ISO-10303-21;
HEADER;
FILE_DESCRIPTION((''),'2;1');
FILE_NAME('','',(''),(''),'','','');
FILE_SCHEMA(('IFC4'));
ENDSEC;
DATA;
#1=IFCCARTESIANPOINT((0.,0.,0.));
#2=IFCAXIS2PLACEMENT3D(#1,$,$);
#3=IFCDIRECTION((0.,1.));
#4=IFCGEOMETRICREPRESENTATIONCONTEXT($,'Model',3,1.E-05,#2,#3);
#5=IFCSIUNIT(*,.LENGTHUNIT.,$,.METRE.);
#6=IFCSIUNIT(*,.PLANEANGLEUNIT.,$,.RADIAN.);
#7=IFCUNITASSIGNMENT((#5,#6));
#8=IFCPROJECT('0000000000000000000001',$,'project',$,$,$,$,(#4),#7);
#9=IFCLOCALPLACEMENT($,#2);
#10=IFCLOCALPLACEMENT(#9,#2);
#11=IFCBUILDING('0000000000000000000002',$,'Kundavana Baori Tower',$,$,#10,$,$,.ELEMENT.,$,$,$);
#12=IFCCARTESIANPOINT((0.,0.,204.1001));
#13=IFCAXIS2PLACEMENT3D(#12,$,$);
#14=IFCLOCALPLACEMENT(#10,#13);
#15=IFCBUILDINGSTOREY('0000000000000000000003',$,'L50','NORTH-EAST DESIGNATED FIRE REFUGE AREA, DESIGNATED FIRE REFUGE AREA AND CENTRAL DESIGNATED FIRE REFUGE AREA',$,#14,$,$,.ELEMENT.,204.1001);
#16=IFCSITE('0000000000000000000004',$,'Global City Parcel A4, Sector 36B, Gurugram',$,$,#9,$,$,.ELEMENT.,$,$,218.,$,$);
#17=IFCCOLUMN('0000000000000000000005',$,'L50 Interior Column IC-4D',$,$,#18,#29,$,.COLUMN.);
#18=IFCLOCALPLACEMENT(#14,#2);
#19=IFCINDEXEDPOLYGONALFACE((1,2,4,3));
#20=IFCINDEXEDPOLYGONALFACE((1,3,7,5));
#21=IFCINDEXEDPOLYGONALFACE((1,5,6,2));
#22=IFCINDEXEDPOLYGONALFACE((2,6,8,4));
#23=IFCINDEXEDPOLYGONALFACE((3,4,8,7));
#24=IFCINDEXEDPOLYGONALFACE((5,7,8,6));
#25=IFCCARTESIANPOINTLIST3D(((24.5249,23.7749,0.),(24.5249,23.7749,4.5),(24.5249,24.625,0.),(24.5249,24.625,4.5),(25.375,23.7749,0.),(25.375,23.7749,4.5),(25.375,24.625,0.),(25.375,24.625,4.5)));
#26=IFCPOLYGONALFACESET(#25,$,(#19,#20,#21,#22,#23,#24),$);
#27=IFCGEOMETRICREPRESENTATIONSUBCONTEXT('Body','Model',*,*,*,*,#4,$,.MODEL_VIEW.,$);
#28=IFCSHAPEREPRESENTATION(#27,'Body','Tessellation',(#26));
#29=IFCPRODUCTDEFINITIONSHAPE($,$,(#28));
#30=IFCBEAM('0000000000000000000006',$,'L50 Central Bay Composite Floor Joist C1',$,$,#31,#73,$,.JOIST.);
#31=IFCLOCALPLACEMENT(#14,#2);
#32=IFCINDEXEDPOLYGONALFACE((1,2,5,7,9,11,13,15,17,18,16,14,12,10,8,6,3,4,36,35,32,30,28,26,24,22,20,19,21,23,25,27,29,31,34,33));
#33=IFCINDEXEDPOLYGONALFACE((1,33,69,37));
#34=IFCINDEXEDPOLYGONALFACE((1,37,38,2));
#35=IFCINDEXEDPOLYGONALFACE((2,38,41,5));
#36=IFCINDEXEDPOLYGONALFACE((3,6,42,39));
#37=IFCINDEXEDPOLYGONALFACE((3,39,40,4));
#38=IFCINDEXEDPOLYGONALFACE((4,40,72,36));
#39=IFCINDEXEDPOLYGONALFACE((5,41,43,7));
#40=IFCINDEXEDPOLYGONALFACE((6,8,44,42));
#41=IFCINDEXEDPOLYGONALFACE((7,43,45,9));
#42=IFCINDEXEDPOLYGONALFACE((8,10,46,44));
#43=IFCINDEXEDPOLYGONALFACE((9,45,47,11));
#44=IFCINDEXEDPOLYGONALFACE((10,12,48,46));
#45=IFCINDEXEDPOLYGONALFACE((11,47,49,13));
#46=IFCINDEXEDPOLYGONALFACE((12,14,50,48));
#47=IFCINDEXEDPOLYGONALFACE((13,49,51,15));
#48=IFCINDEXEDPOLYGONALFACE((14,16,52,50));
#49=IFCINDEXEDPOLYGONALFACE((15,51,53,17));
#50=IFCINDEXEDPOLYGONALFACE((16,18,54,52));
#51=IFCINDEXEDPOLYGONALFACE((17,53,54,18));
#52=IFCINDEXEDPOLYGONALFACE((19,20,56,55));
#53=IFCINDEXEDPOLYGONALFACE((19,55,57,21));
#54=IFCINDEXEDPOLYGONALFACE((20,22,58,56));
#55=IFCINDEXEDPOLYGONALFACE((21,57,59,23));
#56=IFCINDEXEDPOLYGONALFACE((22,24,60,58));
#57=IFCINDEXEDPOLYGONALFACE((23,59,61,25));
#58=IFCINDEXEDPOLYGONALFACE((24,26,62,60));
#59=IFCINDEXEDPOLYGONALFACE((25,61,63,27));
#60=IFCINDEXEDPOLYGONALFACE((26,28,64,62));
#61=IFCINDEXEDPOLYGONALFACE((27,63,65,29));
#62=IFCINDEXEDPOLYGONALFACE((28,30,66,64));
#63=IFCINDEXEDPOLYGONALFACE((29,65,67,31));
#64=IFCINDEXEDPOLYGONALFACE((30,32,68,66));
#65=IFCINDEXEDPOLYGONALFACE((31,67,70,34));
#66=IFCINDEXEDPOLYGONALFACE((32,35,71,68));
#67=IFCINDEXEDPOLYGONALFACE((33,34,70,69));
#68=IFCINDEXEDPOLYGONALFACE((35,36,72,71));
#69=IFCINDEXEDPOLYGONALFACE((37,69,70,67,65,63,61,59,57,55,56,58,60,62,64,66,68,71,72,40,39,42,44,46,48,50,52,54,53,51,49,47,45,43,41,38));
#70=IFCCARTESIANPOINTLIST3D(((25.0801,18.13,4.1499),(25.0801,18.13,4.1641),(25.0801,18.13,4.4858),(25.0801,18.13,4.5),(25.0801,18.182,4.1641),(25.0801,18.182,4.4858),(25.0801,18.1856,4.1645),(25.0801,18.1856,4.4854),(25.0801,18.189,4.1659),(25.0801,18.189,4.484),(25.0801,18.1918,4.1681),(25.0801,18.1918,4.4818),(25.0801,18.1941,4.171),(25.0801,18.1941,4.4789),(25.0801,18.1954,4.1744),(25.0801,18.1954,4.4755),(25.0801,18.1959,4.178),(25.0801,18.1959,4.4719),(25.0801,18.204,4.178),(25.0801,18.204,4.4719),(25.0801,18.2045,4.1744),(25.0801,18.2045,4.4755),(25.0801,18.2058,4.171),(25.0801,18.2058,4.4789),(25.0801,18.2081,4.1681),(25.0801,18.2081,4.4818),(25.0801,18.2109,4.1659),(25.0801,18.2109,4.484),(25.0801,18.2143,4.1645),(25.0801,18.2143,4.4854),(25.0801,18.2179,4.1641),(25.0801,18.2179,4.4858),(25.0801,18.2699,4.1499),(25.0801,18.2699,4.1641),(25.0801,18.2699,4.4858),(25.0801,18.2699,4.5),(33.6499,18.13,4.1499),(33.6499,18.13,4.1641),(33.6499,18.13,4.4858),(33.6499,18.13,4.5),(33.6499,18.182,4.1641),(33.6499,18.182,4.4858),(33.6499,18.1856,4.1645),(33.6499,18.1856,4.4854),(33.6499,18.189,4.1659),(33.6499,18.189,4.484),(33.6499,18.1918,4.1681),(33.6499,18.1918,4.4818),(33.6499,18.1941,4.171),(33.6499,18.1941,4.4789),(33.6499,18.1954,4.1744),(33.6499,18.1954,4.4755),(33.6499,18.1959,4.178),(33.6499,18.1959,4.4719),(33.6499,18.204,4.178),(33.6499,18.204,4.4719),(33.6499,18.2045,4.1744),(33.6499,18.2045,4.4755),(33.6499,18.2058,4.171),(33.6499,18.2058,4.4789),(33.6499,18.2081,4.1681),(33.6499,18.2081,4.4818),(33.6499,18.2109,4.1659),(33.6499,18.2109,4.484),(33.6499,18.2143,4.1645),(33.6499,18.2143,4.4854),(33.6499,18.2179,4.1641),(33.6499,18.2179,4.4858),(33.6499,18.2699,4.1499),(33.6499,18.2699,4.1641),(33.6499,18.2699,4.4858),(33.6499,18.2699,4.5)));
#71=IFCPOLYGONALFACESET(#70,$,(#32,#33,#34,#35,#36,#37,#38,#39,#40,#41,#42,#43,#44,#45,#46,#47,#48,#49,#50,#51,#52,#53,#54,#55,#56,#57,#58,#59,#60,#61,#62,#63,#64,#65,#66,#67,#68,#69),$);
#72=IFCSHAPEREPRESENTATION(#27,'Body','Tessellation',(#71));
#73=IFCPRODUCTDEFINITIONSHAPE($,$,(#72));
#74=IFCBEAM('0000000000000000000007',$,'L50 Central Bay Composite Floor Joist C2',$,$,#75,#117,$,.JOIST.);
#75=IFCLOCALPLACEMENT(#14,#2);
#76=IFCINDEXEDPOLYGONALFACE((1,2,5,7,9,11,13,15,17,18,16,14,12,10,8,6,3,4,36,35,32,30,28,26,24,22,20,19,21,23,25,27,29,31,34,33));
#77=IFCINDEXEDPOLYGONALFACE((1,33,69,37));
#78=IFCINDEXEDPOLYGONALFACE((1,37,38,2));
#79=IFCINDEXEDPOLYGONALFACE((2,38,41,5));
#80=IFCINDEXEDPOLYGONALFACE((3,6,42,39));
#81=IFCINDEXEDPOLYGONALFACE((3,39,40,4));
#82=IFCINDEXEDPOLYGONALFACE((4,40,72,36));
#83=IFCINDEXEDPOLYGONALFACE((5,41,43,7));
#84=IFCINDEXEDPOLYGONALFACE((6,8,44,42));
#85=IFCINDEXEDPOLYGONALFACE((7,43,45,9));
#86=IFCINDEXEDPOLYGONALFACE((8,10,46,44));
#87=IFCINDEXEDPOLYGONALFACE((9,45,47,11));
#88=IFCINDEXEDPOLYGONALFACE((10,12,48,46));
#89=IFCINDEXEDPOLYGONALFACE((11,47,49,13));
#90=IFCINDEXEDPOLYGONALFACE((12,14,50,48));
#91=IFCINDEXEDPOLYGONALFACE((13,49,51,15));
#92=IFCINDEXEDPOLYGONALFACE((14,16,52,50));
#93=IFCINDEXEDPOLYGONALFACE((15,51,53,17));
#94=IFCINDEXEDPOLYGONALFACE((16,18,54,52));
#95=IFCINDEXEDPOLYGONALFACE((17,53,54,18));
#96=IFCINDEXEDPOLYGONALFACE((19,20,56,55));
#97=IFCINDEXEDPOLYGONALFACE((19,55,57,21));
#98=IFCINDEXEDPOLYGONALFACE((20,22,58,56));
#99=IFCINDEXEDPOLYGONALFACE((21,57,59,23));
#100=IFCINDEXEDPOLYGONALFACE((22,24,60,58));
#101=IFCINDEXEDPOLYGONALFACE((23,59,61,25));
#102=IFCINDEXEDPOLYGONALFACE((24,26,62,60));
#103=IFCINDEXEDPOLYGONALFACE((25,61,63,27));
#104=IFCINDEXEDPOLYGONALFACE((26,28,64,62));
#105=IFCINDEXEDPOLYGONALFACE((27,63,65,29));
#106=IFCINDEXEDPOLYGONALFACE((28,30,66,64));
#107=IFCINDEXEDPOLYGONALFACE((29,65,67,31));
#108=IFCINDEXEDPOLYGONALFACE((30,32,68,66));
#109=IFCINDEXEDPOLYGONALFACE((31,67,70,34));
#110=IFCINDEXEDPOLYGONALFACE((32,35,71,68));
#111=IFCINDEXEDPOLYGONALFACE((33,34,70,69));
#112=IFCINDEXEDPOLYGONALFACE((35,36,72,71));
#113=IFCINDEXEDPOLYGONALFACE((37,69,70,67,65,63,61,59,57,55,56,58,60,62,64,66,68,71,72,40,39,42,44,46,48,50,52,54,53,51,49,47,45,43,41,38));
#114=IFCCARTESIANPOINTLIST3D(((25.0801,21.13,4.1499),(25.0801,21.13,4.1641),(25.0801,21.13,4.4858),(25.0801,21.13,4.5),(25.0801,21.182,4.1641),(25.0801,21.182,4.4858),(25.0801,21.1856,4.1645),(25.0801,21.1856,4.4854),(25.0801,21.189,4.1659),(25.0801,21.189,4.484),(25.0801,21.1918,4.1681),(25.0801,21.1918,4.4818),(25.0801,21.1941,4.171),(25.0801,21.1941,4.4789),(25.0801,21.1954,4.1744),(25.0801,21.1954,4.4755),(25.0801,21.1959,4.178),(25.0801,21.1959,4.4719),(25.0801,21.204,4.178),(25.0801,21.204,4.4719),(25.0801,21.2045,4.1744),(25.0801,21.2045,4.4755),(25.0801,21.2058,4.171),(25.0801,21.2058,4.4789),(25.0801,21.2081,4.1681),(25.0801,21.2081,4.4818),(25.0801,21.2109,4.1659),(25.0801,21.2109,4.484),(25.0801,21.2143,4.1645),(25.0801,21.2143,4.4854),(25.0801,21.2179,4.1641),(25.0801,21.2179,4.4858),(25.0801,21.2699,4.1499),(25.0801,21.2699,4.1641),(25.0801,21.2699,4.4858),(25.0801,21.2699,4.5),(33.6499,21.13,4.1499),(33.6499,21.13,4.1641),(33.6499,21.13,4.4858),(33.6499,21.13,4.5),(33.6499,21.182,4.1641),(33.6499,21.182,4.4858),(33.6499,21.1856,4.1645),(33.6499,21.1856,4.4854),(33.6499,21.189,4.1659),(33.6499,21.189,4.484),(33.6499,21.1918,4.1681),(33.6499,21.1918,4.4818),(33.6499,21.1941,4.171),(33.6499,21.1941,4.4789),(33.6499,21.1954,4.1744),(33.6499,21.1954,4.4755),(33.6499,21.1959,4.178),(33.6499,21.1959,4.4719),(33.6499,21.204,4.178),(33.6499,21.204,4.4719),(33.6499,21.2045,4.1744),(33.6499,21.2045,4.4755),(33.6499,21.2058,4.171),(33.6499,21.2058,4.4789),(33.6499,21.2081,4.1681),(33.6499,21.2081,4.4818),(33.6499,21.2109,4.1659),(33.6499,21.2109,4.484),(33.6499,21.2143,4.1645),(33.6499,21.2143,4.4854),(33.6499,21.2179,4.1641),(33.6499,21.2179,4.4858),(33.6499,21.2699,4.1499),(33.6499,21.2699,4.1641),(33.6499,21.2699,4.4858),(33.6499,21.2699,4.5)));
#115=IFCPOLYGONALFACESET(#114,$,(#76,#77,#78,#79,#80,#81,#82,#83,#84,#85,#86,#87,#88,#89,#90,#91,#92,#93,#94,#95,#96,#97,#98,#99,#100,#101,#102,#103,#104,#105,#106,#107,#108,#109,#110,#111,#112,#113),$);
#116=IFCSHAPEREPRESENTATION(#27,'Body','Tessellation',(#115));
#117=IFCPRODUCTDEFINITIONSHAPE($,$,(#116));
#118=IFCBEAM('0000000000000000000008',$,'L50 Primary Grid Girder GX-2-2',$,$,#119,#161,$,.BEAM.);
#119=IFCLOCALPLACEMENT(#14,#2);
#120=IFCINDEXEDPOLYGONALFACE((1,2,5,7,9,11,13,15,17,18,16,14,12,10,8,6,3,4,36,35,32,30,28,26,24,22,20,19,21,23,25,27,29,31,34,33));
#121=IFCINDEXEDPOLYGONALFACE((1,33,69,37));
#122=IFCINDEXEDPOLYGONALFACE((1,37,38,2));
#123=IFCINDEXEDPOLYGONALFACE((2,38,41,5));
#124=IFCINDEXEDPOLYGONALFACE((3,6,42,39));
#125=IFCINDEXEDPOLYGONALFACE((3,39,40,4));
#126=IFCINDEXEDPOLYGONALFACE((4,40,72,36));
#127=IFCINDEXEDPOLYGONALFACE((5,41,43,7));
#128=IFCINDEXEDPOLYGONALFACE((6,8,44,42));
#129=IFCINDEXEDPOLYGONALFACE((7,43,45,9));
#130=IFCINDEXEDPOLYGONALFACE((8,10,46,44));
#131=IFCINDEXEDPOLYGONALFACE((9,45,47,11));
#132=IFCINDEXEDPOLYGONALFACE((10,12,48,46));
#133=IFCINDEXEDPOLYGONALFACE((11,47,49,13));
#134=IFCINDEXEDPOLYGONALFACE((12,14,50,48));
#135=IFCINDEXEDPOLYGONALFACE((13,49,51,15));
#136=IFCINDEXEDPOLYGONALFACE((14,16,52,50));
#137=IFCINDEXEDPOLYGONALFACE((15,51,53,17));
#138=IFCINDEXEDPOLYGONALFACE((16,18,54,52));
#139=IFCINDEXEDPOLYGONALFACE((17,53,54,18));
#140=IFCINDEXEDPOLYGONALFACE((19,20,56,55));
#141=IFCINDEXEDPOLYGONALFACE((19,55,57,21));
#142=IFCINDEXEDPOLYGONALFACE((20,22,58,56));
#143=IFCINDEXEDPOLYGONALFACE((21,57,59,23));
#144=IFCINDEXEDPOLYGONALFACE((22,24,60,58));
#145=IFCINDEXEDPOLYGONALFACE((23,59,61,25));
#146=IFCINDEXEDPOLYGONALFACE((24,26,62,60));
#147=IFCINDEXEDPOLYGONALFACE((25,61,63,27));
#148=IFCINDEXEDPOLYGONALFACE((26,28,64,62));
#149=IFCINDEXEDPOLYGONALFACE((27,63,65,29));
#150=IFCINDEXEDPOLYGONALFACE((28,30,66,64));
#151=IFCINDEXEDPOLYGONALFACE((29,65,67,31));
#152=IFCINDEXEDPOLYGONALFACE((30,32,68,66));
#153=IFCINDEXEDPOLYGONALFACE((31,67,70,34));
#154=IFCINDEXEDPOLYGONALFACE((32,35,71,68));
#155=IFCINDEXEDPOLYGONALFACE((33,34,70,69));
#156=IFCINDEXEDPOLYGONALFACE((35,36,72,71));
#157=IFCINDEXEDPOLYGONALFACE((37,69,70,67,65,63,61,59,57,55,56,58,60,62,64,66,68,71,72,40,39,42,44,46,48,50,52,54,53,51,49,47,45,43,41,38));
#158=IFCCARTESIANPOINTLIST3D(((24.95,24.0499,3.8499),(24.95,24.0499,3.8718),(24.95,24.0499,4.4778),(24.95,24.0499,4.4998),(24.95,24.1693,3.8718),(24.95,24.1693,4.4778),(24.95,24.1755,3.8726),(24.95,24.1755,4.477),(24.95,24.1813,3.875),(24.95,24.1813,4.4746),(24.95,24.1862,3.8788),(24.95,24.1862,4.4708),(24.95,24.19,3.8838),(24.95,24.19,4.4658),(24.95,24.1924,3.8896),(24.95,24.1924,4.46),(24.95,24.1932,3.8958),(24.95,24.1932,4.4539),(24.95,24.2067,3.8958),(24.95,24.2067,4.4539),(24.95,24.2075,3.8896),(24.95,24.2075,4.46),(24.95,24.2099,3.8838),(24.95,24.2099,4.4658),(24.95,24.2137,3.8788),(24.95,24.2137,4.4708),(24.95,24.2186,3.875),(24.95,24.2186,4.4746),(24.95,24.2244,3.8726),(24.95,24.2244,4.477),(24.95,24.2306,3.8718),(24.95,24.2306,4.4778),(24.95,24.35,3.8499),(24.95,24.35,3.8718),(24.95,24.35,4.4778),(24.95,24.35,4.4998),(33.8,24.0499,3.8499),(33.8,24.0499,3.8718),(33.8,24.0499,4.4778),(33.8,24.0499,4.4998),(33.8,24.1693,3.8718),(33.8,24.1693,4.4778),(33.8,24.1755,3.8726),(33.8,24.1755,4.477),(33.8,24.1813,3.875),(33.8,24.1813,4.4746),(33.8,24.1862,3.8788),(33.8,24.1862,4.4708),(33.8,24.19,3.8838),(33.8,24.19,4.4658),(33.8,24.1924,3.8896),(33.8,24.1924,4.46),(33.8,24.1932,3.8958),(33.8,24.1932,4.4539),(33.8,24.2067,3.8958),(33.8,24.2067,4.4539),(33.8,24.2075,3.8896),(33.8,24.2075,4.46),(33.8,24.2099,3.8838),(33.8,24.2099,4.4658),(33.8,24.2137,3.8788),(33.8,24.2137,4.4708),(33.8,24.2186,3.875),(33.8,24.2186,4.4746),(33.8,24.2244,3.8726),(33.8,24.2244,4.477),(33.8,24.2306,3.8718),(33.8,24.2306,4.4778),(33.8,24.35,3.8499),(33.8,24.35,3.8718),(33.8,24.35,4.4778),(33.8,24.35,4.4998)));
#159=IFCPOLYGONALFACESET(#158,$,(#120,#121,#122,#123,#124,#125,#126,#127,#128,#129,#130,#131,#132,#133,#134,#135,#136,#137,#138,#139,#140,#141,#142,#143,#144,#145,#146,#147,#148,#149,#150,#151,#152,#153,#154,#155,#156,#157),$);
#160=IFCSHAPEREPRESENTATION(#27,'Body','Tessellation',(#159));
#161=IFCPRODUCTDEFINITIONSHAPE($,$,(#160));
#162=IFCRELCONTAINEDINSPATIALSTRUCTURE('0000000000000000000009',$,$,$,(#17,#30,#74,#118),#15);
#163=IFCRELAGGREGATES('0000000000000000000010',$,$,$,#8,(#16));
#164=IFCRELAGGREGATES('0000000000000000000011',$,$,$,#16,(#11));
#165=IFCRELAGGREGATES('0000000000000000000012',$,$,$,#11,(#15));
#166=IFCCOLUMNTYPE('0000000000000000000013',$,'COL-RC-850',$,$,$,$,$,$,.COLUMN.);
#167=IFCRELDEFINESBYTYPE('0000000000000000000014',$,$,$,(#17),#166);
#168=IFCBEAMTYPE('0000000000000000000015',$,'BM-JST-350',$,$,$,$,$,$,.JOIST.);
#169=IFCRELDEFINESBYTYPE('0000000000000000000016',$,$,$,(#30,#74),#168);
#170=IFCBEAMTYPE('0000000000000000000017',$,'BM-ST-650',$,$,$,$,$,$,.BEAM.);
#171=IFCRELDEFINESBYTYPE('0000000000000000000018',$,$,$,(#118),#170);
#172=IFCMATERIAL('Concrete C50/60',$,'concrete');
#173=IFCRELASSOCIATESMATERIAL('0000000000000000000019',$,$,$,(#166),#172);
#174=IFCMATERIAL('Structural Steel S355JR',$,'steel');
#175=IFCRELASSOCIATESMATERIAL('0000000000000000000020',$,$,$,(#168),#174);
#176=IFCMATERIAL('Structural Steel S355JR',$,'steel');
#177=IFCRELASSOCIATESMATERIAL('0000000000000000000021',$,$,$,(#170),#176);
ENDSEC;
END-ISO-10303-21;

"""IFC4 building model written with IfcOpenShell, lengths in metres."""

from ifc_helpers import new_model, si_unit, direction, frame, origin, origin_2d, place, context, subcontext, project, spatial, rectangle, i_section, extrude, material, material_profile, profile_set, type_object, element, save


model = new_model("IFC4")

# Units and contexts
model_context = context("Model", 3, precision=1e-05, world=origin(), true_north=direction((0.0, 1.0)))
body_context = subcontext(model_context, "Body", "Model", "MODEL_VIEW")
ifc_project = project(units=[si_unit("LENGTHUNIT", "METRE"), si_unit("PLANEANGLEUNIT", "RADIAN")], contexts=[model_context])

# Site, building, storey
site_placement = place(None, origin())
site = spatial("IfcSite", under=ifc_project, at=site_placement, Name="Global City Parcel A4, Sector 36B, Gurugram", CompositionType="ELEMENT", RefElevation=218.0)
building_placement = place(site_placement, origin())
building = spatial("IfcBuilding", under=site, at=building_placement, Name="Kundavana Baori Tower", CompositionType="ELEMENT")
storey_placement = place(building_placement, frame((0.0, 0.0, 204.1001)))
storey = spatial("IfcBuildingStorey", under=building, at=storey_placement, Name="L50", Description="NORTH-EAST DESIGNATED FIRE REFUGE AREA, DESIGNATED FIRE REFUGE AREA AND CENTRAL DESIGNATED FIRE REFUGE AREA", CompositionType="ELEMENT", Elevation=204.1001)

# Column
ifc_material_1 = material(Name="Concrete C50/60", Category="concrete")
ifc_material_profile_1 = material_profile(ifc_material_1, rectangle(XDim=0.8501, YDim=0.8501, at=origin_2d()), Name="RC 850x850")
ifc_profile_set_1 = profile_set([ifc_material_profile_1], Name="Concrete C50/60")
column_type = type_object("IfcColumnType", Name="COL-RC-850", PredefinedType="COLUMN", material=ifc_profile_set_1)
column_placement = place(storey_placement, frame((24.95, 24.2, 0.0), z_axis=(0.0, 0.0, 1.0), x_axis=(1.0, 0.0, 0.0)))
element("IfcColumn", 1, at=column_placement, inside=storey, type_object=column_type, Name="L50 Interior Column IC-4D", PredefinedType="COLUMN", context=body_context, shape_type="SweptSolid", body=[
    extrude(rectangle(XDim=0.8501, YDim=0.8501, at=origin_2d()), origin(), (0.0, 0.0, 1.0), 4.5),
])

# Beams
ifc_material_2 = material(Name="Structural Steel S355JR", Category="steel")
ifc_material_profile_2 = material_profile(ifc_material_2, i_section(OverallWidth=0.1399, OverallDepth=0.3501, WebThickness=0.0081, FlangeThickness=0.0142, FilletRadius=0.0139, at=origin_2d()), Name="ISMB 350")
ifc_profile_set_2 = profile_set([ifc_material_profile_2], Name="Structural Steel S355JR")
beam_type_1 = type_object("IfcBeamType", Name="BM-JST-350", PredefinedType="JOIST", material=ifc_profile_set_2)
for number, where, z_axis, x_axis, name in (
    (2, (25.0801, 18.2, 4.325), (1.0, 0.0, 0.0), (0.0, 1.0, 0.0), "L50 Central Bay Composite Floor Joist C1"),
    (3, (25.0801, 21.2, 4.325), (1.0, 0.0, 0.0), (0.0, 1.0, 0.0), "L50 Central Bay Composite Floor Joist C2"),
):
    element("IfcBeam", number, at=place(storey_placement, frame(where, z_axis=z_axis, x_axis=x_axis)), inside=storey, type_object=beam_type_1, Name=name, PredefinedType="JOIST", context=body_context, shape_type="SweptSolid", body=[
        extrude(i_section(OverallWidth=0.1399, OverallDepth=0.3501, WebThickness=0.0081, FlangeThickness=0.0142, FilletRadius=0.0139, at=origin_2d()), origin(), (0.0, 0.0, 1.0), 8.5698),
    ])
ifc_material_3 = material(Name="Structural Steel S355JR", Category="steel")
ifc_material_profile_3 = material_profile(ifc_material_3, i_section(OverallWidth=0.3, OverallDepth=0.6499, WebThickness=0.0134, FlangeThickness=0.022, FilletRadius=0.0239, at=origin_2d()), Name="NPB 650x300x155")
ifc_profile_set_3 = profile_set([ifc_material_profile_3], Name="Structural Steel S355JR")
beam_type_2 = type_object("IfcBeamType", Name="BM-ST-650", PredefinedType="BEAM", material=ifc_profile_set_3)
beam_placement = place(storey_placement, frame((24.95, 24.2, 4.1748), z_axis=(1.0, 0.0, 0.0), x_axis=(0.0, 1.0, 0.0)))
element("IfcBeam", 4, at=beam_placement, inside=storey, type_object=beam_type_2, Name="L50 Primary Grid Girder GX-2-2", PredefinedType="BEAM", context=body_context, shape_type="SweptSolid", body=[
    extrude(i_section(OverallWidth=0.3, OverallDepth=0.6499, WebThickness=0.0134, FlangeThickness=0.022, FilletRadius=0.0239, at=origin_2d()), origin(), (0.0, 0.0, 1.0), 8.8501),
])

save(model, "model.ifc")
